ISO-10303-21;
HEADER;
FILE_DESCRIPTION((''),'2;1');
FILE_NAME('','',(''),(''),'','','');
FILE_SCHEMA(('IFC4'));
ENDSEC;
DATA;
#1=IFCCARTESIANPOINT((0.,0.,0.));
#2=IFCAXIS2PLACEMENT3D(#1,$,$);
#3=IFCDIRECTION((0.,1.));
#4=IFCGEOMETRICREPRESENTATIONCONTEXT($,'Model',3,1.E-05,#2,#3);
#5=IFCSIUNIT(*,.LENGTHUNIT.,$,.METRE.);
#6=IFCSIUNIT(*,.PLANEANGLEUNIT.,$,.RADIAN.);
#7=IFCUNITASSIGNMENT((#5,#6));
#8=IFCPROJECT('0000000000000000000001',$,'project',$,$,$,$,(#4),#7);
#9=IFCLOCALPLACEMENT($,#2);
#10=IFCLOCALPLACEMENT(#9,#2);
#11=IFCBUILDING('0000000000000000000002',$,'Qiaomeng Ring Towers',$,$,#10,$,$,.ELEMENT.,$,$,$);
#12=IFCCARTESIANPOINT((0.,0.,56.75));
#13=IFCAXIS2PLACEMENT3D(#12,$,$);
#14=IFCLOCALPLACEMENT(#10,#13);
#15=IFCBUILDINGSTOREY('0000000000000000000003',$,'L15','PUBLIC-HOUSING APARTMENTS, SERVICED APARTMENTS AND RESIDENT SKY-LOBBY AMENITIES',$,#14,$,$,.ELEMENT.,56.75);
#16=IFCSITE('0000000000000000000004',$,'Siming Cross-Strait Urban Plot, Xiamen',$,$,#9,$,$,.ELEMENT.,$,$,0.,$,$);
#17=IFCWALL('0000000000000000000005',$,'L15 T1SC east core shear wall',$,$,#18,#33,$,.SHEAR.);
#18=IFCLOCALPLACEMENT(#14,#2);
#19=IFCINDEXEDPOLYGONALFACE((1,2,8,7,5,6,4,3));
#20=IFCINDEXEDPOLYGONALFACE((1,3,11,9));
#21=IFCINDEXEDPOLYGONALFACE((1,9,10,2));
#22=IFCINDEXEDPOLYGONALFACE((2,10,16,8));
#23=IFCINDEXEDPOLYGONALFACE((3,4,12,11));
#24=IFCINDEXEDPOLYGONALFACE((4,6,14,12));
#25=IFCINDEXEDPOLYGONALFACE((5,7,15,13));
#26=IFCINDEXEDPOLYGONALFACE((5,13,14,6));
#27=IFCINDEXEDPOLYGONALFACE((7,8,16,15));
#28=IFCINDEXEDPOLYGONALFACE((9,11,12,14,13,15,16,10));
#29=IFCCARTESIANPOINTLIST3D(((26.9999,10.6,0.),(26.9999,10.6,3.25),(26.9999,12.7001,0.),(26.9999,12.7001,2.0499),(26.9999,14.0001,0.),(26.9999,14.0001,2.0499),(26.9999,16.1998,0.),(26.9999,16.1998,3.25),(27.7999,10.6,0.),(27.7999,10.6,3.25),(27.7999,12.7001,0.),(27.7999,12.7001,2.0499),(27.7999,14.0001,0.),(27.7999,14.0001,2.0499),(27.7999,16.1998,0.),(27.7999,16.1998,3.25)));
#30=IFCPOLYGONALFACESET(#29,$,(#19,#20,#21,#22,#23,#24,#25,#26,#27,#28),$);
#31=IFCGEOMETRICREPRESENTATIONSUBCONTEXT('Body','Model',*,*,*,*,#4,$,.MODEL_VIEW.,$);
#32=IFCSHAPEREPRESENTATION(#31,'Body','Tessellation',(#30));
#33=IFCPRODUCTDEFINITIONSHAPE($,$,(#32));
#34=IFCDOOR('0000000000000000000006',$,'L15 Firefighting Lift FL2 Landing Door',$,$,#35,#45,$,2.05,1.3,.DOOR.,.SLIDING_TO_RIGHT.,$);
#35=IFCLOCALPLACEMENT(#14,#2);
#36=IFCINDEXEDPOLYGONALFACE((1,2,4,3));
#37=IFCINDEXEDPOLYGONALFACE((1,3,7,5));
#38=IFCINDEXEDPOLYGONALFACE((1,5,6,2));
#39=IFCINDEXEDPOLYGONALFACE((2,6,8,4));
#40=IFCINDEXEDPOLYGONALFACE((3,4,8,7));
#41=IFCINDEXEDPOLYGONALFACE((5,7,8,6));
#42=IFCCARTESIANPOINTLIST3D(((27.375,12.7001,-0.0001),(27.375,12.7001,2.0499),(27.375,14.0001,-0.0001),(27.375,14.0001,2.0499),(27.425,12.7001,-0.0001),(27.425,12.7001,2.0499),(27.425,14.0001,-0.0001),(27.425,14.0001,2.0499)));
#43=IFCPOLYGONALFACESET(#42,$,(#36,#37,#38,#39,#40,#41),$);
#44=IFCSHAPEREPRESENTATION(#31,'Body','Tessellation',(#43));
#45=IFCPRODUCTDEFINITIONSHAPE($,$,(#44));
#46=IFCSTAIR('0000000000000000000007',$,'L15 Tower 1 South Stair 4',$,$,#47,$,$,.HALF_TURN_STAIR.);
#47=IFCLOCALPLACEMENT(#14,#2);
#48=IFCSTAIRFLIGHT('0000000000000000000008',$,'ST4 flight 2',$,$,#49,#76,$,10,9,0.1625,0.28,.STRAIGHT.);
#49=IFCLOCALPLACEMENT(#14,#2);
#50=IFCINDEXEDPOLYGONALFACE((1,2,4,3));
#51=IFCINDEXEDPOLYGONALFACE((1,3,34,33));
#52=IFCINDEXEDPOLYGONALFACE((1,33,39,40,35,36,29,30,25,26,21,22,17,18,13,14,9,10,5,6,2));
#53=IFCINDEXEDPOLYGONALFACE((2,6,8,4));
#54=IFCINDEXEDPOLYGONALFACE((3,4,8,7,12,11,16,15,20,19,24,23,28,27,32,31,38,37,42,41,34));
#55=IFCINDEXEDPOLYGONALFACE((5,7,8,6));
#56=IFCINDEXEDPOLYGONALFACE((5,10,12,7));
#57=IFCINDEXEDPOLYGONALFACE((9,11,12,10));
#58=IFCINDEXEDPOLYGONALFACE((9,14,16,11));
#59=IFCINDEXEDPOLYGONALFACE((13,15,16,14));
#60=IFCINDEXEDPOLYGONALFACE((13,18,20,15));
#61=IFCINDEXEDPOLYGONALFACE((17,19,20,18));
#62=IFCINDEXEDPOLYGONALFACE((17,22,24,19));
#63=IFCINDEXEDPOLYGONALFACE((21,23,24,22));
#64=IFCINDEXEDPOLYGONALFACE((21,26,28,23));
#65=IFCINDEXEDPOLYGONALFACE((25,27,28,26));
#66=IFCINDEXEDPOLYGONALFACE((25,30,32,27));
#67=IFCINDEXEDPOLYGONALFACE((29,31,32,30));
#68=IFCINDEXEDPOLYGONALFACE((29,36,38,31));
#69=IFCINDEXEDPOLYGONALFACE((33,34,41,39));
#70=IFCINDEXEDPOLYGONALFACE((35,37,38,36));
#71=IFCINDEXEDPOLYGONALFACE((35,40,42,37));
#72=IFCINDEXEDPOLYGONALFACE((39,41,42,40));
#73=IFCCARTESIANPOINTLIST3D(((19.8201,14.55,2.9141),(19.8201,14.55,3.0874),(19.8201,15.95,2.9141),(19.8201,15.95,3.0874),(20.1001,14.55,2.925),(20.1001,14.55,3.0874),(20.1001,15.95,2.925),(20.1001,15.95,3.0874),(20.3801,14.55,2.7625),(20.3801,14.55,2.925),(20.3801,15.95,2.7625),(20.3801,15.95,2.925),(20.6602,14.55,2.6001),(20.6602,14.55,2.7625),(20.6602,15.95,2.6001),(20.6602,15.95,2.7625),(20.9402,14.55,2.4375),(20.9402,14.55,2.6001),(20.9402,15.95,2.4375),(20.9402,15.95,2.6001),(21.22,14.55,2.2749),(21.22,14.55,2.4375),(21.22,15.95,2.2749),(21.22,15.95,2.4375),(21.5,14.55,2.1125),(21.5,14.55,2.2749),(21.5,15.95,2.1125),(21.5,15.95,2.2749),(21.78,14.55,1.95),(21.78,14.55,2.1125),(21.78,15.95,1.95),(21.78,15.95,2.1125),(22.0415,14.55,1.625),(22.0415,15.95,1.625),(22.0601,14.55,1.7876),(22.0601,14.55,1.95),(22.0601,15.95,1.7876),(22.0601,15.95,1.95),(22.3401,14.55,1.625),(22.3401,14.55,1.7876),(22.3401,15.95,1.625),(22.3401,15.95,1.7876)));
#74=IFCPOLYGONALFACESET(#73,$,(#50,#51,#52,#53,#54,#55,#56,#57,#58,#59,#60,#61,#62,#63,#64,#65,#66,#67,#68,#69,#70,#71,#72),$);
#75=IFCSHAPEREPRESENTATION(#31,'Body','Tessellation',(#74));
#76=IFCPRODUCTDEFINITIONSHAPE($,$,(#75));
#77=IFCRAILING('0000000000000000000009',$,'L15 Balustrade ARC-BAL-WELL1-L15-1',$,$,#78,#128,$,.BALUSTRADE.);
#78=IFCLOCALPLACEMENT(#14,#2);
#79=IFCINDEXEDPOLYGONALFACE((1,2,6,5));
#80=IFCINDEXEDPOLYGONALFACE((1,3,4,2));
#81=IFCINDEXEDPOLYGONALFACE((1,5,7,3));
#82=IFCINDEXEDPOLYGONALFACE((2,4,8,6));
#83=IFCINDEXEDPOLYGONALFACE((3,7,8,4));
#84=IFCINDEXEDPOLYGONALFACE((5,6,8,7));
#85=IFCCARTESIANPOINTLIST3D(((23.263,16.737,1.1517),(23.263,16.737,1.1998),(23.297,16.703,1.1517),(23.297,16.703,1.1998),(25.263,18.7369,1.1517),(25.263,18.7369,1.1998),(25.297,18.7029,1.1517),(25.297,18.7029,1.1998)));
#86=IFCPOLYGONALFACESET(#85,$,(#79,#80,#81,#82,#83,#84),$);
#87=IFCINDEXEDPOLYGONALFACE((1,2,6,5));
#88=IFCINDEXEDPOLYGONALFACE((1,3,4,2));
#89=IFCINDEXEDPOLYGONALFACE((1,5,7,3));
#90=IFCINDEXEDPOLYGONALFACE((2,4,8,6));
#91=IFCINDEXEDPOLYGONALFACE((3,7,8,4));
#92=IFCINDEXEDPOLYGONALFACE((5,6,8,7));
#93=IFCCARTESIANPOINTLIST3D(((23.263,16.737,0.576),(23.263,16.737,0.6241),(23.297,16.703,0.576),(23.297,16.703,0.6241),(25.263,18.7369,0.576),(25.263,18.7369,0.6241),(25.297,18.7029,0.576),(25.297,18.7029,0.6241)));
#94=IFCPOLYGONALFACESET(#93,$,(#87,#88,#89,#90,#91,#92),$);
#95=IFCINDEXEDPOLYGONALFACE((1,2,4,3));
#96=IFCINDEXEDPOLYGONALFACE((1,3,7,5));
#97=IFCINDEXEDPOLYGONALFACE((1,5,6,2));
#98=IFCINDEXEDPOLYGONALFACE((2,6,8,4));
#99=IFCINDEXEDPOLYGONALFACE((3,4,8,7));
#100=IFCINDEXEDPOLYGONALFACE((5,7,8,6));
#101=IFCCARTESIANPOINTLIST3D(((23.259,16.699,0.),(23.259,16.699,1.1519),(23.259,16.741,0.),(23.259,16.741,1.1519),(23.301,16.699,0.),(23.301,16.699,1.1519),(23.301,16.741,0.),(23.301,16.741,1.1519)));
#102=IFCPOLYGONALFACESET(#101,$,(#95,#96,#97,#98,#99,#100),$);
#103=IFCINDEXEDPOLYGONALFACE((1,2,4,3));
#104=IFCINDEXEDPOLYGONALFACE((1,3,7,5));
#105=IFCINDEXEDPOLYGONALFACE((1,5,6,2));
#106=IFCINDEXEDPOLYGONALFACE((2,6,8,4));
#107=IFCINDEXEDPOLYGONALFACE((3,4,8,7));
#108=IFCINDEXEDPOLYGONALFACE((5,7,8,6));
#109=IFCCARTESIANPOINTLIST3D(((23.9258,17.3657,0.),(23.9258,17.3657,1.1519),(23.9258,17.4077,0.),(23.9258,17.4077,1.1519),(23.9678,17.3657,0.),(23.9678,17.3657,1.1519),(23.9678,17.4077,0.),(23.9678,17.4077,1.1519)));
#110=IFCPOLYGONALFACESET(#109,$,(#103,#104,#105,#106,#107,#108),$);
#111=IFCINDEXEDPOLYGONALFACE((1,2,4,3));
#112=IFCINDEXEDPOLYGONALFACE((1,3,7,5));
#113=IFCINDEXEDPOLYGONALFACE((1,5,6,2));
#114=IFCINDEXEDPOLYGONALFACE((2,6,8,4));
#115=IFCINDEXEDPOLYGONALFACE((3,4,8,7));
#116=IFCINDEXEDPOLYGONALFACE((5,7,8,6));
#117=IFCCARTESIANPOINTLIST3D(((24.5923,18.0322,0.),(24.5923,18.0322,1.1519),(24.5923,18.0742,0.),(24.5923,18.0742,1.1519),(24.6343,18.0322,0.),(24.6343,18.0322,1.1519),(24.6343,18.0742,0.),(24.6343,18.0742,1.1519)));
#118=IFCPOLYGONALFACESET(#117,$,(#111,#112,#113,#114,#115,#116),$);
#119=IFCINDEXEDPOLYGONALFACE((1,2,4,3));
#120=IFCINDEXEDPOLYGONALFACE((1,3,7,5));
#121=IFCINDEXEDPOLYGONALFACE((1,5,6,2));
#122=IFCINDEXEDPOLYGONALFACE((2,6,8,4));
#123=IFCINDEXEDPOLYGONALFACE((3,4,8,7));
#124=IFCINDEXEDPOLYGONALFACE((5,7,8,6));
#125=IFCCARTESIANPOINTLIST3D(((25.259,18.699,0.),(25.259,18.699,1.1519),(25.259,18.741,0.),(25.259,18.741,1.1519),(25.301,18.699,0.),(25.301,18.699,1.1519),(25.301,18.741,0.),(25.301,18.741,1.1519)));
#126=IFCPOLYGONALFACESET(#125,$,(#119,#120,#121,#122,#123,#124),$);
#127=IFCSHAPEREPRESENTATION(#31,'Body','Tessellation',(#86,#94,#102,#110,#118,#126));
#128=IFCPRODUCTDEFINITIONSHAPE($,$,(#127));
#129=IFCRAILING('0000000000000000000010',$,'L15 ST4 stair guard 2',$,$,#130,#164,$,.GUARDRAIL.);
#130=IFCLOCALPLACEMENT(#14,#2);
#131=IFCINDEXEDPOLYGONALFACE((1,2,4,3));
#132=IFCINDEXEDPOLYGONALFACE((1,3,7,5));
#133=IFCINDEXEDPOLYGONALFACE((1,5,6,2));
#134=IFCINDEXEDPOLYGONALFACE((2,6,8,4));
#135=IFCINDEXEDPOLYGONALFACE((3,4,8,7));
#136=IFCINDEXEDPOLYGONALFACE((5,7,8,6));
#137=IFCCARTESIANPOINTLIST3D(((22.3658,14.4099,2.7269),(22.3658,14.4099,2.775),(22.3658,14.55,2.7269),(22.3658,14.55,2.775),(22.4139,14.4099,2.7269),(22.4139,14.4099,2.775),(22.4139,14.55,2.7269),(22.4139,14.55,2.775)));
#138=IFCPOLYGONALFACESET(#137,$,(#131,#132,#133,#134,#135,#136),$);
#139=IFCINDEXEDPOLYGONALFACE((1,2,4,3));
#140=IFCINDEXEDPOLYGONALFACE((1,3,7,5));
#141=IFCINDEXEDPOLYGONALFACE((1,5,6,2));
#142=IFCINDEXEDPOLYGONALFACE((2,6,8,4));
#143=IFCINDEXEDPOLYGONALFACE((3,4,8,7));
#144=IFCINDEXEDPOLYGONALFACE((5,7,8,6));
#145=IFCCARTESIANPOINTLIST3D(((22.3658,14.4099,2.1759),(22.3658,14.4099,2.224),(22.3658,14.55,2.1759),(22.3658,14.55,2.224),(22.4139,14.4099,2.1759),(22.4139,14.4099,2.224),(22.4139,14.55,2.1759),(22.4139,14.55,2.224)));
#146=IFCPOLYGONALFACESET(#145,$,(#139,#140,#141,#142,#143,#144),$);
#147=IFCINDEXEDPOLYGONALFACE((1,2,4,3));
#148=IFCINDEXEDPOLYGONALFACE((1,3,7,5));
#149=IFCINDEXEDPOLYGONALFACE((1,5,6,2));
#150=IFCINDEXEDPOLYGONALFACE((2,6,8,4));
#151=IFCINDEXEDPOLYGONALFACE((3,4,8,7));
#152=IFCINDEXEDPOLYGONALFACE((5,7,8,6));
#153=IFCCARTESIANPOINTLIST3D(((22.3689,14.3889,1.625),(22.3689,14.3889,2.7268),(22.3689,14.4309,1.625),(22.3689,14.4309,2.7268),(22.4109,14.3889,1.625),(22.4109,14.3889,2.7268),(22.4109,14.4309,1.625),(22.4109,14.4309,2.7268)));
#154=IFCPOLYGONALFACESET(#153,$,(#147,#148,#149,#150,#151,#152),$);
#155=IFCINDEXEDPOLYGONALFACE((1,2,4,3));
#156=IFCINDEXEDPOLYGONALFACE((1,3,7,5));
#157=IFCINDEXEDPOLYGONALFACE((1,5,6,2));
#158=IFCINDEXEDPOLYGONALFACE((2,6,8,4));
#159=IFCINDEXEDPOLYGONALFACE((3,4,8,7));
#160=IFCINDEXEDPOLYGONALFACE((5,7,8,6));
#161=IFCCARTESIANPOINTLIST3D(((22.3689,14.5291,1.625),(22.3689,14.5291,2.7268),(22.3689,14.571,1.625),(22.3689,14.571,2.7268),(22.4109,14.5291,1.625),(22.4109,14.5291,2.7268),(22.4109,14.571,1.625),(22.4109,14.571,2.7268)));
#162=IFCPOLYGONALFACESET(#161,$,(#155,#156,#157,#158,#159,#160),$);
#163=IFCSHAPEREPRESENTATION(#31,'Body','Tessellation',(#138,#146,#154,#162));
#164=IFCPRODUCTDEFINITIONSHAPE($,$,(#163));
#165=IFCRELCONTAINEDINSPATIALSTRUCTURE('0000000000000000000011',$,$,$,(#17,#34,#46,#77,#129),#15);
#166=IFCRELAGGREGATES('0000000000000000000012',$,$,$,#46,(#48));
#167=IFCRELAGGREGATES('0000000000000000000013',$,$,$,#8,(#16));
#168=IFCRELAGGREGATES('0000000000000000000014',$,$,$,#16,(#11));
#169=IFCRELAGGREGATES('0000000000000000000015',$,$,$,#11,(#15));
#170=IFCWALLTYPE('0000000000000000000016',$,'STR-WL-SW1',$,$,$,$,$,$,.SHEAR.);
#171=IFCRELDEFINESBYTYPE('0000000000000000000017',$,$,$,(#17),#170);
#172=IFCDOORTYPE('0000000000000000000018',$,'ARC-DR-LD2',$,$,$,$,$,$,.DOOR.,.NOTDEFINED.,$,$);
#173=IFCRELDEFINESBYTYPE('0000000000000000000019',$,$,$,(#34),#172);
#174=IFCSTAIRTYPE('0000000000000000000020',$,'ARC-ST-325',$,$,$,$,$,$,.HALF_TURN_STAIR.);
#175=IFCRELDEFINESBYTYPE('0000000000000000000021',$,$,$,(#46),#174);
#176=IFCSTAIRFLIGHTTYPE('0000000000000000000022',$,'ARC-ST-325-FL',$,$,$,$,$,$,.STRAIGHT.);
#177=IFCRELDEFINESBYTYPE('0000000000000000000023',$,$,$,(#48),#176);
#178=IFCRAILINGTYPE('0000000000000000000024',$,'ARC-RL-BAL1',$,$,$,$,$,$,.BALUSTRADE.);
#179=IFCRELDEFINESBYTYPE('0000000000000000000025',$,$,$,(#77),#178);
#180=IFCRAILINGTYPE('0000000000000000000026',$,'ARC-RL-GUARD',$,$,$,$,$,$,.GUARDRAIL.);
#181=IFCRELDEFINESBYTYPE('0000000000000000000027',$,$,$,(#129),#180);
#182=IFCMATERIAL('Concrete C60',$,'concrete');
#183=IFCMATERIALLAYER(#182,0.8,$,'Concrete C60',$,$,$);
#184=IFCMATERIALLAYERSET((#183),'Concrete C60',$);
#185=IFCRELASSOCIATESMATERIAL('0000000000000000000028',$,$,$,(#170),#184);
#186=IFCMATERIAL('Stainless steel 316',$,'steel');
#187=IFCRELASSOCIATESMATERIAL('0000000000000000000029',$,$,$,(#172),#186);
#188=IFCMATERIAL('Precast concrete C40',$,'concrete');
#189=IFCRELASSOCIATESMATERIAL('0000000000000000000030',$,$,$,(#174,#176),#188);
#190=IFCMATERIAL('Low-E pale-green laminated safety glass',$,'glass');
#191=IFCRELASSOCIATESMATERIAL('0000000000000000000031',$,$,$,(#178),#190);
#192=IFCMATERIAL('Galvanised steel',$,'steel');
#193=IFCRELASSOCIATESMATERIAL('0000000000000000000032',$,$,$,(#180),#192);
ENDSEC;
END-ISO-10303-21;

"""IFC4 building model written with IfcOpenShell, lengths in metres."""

from ifc_helpers import new_model, si_unit, direction, frame, frame_2d, origin, origin_2d, place, context, subcontext, project, spatial, polyline, rectangle, outline, extrude, source, transform, mapped, material, layer, layer_set, type_object, element, fill, aggregate, save


model = new_model("IFC4")

# Units and contexts
model_context = context("Model", 3, precision=1e-05, world=origin(), true_north=direction((0.0, 1.0)))
body_context = subcontext(model_context, "Body", "Model", "MODEL_VIEW")
ifc_project = project(units=[si_unit("LENGTHUNIT", "METRE"), si_unit("PLANEANGLEUNIT", "RADIAN")], contexts=[model_context])

# Site, building, storey
site_placement = place(None, origin())
site = spatial("IfcSite", under=ifc_project, at=site_placement, Name="Siming Cross-Strait Urban Plot, Xiamen", CompositionType="ELEMENT", RefElevation=0.0)
building_placement = place(site_placement, origin())
building = spatial("IfcBuilding", under=site, at=building_placement, Name="Qiaomeng Ring Towers", CompositionType="ELEMENT")
storey_placement = place(building_placement, frame((0.0, 0.0, 56.75)))
storey = spatial("IfcBuildingStorey", under=building, at=storey_placement, Name="L15", Description="PUBLIC-HOUSING APARTMENTS, SERVICED APARTMENTS AND RESIDENT SKY-LOBBY AMENITIES", CompositionType="ELEMENT", Elevation=56.75)

# Shared definitions
ifc_material_1 = material(Name="Galvanised steel", Category="steel")

# Wall, opening, door
ifc_material_2 = material(Name="Concrete C60", Category="concrete")
ifc_layer_1 = layer(ifc_material_2, 0.8, Name="Concrete C60")
ifc_layer_set_1 = layer_set([ifc_layer_1], Name="Concrete C60")
wall_type_1 = type_object("IfcWallType", Name="STR-WL-SW1", PredefinedType="SHEAR", material=ifc_layer_set_1)
wall_1_placement = place(storey_placement, frame((27.3999, 10.6001, 0.0), z_axis=(0.0, 0.0, 1.0), x_axis=(0.0, 1.0, 0.0)))
wall_1 = element("IfcWall", 1, at=wall_1_placement, inside=storey, type_object=wall_type_1, Name="L15 T1SC east core shear wall", PredefinedType="SHEAR", context=body_context, shape_type="SweptSolid", body=[
    extrude(rectangle(XDim=5.5999, YDim=0.8, at=frame_2d((2.7998, 0.0))), origin(), (0.0, 0.0, 1.0), 3.25),
])
opening_1_placement = place(wall_1_placement, frame((2.1001, 0.0, 0.0)))
opening_1 = element("IfcOpeningElement", 2, at=opening_1_placement, cuts=wall_1, PredefinedType="OPENING", context=body_context, shape_type="SweptSolid", body=[
    extrude(rectangle(XDim=1.3, YDim=2.05, at=frame_2d((0.6499, 1.0249))), frame((0.0, 0.4099, 0.0), z_axis=(0.0, -1.0, 0.0), x_axis=(1.0, 0.0, 0.0)), (0.0, 0.0, 1.0), 0.8201),
])
ifc_material_3 = material(Name="Stainless steel 316", Category="steel")
door_type_1 = type_object("IfcDoorType", Name="ARC-DR-LD2", OperationType="NOTDEFINED", PredefinedType="DOOR", material=ifc_material_3)
shared_shape_1 = source(origin(), body_context, "Body", "SweptSolid", [
    extrude(rectangle(XDim=1.3, YDim=2.05, at=frame_2d((0.6499, 1.0249))), frame((0.0, 0.0249, 0.0), z_axis=(0.0, -1.0, 0.0), x_axis=(1.0, 0.0, 0.0)), (0.0, 0.0, 1.0), 0.05),
])
door_1_placement = place(opening_1_placement, origin())
door_1 = element("IfcDoor", 3, at=door_1_placement, inside=storey, type_object=door_type_1, Name="L15 Firefighting Lift FL2 Landing Door", OperationType="SLIDING_TO_RIGHT", OverallHeight=2.05, OverallWidth=1.3, PredefinedType="DOOR", context=body_context, shape_type="MappedRepresentation", body=[
    mapped(shared_shape_1, transform((0.0, 0.0, 0.0), x_axis=(1.0, 0.0, 0.0), y_axis=(0.0, 1.0, 0.0), z_axis=(0.0, 0.0, 1.0), scale=1.0)),
])
fill(opening_1, door_1)

# Stair, stair flight
ifc_material_4 = material(Name="Precast concrete C40", Category="concrete")
stair_type = type_object("IfcStairType", Name="ARC-ST-325", PredefinedType="HALF_TURN_STAIR", material=ifc_material_4)
stair_placement = place(storey_placement, origin())
stair = element("IfcStair", 4, at=stair_placement, inside=storey, type_object=stair_type, Name="L15 Tower 1 South Stair 4", PredefinedType="HALF_TURN_STAIR")
stair_flight_type = type_object("IfcStairFlightType", Name="ARC-ST-325-FL", PredefinedType="STRAIGHT", material=ifc_material_4)
shared_shape_2 = source(origin(), body_context, "Body", "SweptSolid", [
    extrude(outline(polyline([(0.0, 0.0), (0.0, 0.1626), (0.28, 0.1626), (0.28, 0.325), (0.5601, 0.325), (0.5601, 0.4875), (0.8401, 0.4875), (0.8401, 0.6499), (1.1201, 0.6499), (1.1201, 0.8125), (1.3999, 0.8125), (1.3999, 0.9751), (1.6799, 0.9751), (1.6799, 1.1375), (1.96, 1.1375), (1.96, 1.3), (2.24, 1.3), (2.24, 1.4624), (2.52, 1.4624), (2.52, 1.625), (2.52, 1.2891), (0.2986, 0.0), (0.0, 0.0)])), frame((0.0, 0.7, 0.0), z_axis=(0.0, -1.0, 0.0), x_axis=(1.0, 0.0, 0.0)), (0.0, 0.0, 1.0), 1.3999),
])
stair_flight_placement = place(storey_placement, frame((22.3401, 15.25, 1.625), z_axis=(0.0, 0.0, 1.0), x_axis=(-1.0, 0.0, 0.0)))
stair_flight = element("IfcStairFlight", 5, at=stair_flight_placement, type_object=stair_flight_type, Name="ST4 flight 2", NumberOfRisers=10, NumberOfTreads=9, PredefinedType="STRAIGHT", RiserHeight=0.1625, TreadLength=0.28, context=body_context, shape_type="MappedRepresentation", body=[
    mapped(shared_shape_2, transform((0.0, 0.0, 0.0), x_axis=(1.0, 0.0, 0.0), y_axis=(0.0, 1.0, 0.0), z_axis=(0.0, 0.0, 1.0), scale=1.0)),
])
aggregate(stair, [stair_flight])

# Railings
ifc_material_5 = material(Name="Low-E pale-green laminated safety glass", Category="glass")
railing_type_1 = type_object("IfcRailingType", Name="ARC-RL-BAL1", PredefinedType="BALUSTRADE", material=ifc_material_5)
railing_1_placement = place(storey_placement, frame((23.28, 16.72, 0.0)))
element("IfcRailing", 6, at=railing_1_placement, inside=storey, type_object=railing_type_1, Name="L15 Balustrade ARC-BAL-WELL1-L15-1", PredefinedType="BALUSTRADE", context=body_context, shape_type="SweptSolid", body=[
    extrude(rectangle(XDim=0.0481, YDim=0.0481, at=origin_2d()), frame((0.0, 0.0, 1.1758), z_axis=(0.707107, 0.707107, 0.0), x_axis=(-0.707107, 0.707107, 0.0)), (0.0, 0.0, 1.0), 2.8284),
    extrude(rectangle(XDim=0.0481, YDim=0.0481, at=origin_2d()), frame((0.0, 0.0, 0.6001), z_axis=(0.707107, 0.707107, 0.0), x_axis=(-0.707107, 0.707107, 0.0)), (0.0, 0.0, 1.0), 2.8284),
    extrude(rectangle(XDim=0.042, YDim=0.042, at=origin_2d()), origin(), (0.0, 0.0, 1.0), 1.1519),
    extrude(rectangle(XDim=0.042, YDim=0.042, at=origin_2d()), frame((0.6667, 0.6667, 0.0)), (0.0, 0.0, 1.0), 1.1519),
    extrude(rectangle(XDim=0.042, YDim=0.042, at=origin_2d()), frame((1.3333, 1.3333, 0.0)), (0.0, 0.0, 1.0), 1.1519),
    extrude(rectangle(XDim=0.042, YDim=0.042, at=origin_2d()), frame((2.0, 2.0, 0.0)), (0.0, 0.0, 1.0), 1.1519),
])
railing_type_2 = type_object("IfcRailingType", Name="ARC-RL-GUARD", PredefinedType="GUARDRAIL", material=ifc_material_1)
railing_2_placement = place(storey_placement, frame((22.3899, 14.4099, 1.625)))
element("IfcRailing", 7, at=railing_2_placement, inside=storey, type_object=railing_type_2, Name="L15 ST4 stair guard 2", PredefinedType="GUARDRAIL", context=body_context, shape_type="SweptSolid", body=[
    extrude(rectangle(XDim=0.0481, YDim=0.0481, at=origin_2d()), frame((0.0, 0.0, 1.126), z_axis=(0.0, 1.0, 0.0), x_axis=(-1.0, 0.0, 0.0)), (0.0, 0.0, 1.0), 0.1401),
    extrude(rectangle(XDim=0.0481, YDim=0.0481, at=origin_2d()), frame((0.0, 0.0, 0.575), z_axis=(0.0, 1.0, 0.0), x_axis=(-1.0, 0.0, 0.0)), (0.0, 0.0, 1.0), 0.1401),
    extrude(rectangle(XDim=0.042, YDim=0.042, at=origin_2d()), origin(), (0.0, 0.0, 1.0), 1.1018),
    extrude(rectangle(XDim=0.042, YDim=0.042, at=origin_2d()), frame((0.0, 0.1401, 0.0)), (0.0, 0.0, 1.0), 1.1018),
])

save(model, "model.ifc")
